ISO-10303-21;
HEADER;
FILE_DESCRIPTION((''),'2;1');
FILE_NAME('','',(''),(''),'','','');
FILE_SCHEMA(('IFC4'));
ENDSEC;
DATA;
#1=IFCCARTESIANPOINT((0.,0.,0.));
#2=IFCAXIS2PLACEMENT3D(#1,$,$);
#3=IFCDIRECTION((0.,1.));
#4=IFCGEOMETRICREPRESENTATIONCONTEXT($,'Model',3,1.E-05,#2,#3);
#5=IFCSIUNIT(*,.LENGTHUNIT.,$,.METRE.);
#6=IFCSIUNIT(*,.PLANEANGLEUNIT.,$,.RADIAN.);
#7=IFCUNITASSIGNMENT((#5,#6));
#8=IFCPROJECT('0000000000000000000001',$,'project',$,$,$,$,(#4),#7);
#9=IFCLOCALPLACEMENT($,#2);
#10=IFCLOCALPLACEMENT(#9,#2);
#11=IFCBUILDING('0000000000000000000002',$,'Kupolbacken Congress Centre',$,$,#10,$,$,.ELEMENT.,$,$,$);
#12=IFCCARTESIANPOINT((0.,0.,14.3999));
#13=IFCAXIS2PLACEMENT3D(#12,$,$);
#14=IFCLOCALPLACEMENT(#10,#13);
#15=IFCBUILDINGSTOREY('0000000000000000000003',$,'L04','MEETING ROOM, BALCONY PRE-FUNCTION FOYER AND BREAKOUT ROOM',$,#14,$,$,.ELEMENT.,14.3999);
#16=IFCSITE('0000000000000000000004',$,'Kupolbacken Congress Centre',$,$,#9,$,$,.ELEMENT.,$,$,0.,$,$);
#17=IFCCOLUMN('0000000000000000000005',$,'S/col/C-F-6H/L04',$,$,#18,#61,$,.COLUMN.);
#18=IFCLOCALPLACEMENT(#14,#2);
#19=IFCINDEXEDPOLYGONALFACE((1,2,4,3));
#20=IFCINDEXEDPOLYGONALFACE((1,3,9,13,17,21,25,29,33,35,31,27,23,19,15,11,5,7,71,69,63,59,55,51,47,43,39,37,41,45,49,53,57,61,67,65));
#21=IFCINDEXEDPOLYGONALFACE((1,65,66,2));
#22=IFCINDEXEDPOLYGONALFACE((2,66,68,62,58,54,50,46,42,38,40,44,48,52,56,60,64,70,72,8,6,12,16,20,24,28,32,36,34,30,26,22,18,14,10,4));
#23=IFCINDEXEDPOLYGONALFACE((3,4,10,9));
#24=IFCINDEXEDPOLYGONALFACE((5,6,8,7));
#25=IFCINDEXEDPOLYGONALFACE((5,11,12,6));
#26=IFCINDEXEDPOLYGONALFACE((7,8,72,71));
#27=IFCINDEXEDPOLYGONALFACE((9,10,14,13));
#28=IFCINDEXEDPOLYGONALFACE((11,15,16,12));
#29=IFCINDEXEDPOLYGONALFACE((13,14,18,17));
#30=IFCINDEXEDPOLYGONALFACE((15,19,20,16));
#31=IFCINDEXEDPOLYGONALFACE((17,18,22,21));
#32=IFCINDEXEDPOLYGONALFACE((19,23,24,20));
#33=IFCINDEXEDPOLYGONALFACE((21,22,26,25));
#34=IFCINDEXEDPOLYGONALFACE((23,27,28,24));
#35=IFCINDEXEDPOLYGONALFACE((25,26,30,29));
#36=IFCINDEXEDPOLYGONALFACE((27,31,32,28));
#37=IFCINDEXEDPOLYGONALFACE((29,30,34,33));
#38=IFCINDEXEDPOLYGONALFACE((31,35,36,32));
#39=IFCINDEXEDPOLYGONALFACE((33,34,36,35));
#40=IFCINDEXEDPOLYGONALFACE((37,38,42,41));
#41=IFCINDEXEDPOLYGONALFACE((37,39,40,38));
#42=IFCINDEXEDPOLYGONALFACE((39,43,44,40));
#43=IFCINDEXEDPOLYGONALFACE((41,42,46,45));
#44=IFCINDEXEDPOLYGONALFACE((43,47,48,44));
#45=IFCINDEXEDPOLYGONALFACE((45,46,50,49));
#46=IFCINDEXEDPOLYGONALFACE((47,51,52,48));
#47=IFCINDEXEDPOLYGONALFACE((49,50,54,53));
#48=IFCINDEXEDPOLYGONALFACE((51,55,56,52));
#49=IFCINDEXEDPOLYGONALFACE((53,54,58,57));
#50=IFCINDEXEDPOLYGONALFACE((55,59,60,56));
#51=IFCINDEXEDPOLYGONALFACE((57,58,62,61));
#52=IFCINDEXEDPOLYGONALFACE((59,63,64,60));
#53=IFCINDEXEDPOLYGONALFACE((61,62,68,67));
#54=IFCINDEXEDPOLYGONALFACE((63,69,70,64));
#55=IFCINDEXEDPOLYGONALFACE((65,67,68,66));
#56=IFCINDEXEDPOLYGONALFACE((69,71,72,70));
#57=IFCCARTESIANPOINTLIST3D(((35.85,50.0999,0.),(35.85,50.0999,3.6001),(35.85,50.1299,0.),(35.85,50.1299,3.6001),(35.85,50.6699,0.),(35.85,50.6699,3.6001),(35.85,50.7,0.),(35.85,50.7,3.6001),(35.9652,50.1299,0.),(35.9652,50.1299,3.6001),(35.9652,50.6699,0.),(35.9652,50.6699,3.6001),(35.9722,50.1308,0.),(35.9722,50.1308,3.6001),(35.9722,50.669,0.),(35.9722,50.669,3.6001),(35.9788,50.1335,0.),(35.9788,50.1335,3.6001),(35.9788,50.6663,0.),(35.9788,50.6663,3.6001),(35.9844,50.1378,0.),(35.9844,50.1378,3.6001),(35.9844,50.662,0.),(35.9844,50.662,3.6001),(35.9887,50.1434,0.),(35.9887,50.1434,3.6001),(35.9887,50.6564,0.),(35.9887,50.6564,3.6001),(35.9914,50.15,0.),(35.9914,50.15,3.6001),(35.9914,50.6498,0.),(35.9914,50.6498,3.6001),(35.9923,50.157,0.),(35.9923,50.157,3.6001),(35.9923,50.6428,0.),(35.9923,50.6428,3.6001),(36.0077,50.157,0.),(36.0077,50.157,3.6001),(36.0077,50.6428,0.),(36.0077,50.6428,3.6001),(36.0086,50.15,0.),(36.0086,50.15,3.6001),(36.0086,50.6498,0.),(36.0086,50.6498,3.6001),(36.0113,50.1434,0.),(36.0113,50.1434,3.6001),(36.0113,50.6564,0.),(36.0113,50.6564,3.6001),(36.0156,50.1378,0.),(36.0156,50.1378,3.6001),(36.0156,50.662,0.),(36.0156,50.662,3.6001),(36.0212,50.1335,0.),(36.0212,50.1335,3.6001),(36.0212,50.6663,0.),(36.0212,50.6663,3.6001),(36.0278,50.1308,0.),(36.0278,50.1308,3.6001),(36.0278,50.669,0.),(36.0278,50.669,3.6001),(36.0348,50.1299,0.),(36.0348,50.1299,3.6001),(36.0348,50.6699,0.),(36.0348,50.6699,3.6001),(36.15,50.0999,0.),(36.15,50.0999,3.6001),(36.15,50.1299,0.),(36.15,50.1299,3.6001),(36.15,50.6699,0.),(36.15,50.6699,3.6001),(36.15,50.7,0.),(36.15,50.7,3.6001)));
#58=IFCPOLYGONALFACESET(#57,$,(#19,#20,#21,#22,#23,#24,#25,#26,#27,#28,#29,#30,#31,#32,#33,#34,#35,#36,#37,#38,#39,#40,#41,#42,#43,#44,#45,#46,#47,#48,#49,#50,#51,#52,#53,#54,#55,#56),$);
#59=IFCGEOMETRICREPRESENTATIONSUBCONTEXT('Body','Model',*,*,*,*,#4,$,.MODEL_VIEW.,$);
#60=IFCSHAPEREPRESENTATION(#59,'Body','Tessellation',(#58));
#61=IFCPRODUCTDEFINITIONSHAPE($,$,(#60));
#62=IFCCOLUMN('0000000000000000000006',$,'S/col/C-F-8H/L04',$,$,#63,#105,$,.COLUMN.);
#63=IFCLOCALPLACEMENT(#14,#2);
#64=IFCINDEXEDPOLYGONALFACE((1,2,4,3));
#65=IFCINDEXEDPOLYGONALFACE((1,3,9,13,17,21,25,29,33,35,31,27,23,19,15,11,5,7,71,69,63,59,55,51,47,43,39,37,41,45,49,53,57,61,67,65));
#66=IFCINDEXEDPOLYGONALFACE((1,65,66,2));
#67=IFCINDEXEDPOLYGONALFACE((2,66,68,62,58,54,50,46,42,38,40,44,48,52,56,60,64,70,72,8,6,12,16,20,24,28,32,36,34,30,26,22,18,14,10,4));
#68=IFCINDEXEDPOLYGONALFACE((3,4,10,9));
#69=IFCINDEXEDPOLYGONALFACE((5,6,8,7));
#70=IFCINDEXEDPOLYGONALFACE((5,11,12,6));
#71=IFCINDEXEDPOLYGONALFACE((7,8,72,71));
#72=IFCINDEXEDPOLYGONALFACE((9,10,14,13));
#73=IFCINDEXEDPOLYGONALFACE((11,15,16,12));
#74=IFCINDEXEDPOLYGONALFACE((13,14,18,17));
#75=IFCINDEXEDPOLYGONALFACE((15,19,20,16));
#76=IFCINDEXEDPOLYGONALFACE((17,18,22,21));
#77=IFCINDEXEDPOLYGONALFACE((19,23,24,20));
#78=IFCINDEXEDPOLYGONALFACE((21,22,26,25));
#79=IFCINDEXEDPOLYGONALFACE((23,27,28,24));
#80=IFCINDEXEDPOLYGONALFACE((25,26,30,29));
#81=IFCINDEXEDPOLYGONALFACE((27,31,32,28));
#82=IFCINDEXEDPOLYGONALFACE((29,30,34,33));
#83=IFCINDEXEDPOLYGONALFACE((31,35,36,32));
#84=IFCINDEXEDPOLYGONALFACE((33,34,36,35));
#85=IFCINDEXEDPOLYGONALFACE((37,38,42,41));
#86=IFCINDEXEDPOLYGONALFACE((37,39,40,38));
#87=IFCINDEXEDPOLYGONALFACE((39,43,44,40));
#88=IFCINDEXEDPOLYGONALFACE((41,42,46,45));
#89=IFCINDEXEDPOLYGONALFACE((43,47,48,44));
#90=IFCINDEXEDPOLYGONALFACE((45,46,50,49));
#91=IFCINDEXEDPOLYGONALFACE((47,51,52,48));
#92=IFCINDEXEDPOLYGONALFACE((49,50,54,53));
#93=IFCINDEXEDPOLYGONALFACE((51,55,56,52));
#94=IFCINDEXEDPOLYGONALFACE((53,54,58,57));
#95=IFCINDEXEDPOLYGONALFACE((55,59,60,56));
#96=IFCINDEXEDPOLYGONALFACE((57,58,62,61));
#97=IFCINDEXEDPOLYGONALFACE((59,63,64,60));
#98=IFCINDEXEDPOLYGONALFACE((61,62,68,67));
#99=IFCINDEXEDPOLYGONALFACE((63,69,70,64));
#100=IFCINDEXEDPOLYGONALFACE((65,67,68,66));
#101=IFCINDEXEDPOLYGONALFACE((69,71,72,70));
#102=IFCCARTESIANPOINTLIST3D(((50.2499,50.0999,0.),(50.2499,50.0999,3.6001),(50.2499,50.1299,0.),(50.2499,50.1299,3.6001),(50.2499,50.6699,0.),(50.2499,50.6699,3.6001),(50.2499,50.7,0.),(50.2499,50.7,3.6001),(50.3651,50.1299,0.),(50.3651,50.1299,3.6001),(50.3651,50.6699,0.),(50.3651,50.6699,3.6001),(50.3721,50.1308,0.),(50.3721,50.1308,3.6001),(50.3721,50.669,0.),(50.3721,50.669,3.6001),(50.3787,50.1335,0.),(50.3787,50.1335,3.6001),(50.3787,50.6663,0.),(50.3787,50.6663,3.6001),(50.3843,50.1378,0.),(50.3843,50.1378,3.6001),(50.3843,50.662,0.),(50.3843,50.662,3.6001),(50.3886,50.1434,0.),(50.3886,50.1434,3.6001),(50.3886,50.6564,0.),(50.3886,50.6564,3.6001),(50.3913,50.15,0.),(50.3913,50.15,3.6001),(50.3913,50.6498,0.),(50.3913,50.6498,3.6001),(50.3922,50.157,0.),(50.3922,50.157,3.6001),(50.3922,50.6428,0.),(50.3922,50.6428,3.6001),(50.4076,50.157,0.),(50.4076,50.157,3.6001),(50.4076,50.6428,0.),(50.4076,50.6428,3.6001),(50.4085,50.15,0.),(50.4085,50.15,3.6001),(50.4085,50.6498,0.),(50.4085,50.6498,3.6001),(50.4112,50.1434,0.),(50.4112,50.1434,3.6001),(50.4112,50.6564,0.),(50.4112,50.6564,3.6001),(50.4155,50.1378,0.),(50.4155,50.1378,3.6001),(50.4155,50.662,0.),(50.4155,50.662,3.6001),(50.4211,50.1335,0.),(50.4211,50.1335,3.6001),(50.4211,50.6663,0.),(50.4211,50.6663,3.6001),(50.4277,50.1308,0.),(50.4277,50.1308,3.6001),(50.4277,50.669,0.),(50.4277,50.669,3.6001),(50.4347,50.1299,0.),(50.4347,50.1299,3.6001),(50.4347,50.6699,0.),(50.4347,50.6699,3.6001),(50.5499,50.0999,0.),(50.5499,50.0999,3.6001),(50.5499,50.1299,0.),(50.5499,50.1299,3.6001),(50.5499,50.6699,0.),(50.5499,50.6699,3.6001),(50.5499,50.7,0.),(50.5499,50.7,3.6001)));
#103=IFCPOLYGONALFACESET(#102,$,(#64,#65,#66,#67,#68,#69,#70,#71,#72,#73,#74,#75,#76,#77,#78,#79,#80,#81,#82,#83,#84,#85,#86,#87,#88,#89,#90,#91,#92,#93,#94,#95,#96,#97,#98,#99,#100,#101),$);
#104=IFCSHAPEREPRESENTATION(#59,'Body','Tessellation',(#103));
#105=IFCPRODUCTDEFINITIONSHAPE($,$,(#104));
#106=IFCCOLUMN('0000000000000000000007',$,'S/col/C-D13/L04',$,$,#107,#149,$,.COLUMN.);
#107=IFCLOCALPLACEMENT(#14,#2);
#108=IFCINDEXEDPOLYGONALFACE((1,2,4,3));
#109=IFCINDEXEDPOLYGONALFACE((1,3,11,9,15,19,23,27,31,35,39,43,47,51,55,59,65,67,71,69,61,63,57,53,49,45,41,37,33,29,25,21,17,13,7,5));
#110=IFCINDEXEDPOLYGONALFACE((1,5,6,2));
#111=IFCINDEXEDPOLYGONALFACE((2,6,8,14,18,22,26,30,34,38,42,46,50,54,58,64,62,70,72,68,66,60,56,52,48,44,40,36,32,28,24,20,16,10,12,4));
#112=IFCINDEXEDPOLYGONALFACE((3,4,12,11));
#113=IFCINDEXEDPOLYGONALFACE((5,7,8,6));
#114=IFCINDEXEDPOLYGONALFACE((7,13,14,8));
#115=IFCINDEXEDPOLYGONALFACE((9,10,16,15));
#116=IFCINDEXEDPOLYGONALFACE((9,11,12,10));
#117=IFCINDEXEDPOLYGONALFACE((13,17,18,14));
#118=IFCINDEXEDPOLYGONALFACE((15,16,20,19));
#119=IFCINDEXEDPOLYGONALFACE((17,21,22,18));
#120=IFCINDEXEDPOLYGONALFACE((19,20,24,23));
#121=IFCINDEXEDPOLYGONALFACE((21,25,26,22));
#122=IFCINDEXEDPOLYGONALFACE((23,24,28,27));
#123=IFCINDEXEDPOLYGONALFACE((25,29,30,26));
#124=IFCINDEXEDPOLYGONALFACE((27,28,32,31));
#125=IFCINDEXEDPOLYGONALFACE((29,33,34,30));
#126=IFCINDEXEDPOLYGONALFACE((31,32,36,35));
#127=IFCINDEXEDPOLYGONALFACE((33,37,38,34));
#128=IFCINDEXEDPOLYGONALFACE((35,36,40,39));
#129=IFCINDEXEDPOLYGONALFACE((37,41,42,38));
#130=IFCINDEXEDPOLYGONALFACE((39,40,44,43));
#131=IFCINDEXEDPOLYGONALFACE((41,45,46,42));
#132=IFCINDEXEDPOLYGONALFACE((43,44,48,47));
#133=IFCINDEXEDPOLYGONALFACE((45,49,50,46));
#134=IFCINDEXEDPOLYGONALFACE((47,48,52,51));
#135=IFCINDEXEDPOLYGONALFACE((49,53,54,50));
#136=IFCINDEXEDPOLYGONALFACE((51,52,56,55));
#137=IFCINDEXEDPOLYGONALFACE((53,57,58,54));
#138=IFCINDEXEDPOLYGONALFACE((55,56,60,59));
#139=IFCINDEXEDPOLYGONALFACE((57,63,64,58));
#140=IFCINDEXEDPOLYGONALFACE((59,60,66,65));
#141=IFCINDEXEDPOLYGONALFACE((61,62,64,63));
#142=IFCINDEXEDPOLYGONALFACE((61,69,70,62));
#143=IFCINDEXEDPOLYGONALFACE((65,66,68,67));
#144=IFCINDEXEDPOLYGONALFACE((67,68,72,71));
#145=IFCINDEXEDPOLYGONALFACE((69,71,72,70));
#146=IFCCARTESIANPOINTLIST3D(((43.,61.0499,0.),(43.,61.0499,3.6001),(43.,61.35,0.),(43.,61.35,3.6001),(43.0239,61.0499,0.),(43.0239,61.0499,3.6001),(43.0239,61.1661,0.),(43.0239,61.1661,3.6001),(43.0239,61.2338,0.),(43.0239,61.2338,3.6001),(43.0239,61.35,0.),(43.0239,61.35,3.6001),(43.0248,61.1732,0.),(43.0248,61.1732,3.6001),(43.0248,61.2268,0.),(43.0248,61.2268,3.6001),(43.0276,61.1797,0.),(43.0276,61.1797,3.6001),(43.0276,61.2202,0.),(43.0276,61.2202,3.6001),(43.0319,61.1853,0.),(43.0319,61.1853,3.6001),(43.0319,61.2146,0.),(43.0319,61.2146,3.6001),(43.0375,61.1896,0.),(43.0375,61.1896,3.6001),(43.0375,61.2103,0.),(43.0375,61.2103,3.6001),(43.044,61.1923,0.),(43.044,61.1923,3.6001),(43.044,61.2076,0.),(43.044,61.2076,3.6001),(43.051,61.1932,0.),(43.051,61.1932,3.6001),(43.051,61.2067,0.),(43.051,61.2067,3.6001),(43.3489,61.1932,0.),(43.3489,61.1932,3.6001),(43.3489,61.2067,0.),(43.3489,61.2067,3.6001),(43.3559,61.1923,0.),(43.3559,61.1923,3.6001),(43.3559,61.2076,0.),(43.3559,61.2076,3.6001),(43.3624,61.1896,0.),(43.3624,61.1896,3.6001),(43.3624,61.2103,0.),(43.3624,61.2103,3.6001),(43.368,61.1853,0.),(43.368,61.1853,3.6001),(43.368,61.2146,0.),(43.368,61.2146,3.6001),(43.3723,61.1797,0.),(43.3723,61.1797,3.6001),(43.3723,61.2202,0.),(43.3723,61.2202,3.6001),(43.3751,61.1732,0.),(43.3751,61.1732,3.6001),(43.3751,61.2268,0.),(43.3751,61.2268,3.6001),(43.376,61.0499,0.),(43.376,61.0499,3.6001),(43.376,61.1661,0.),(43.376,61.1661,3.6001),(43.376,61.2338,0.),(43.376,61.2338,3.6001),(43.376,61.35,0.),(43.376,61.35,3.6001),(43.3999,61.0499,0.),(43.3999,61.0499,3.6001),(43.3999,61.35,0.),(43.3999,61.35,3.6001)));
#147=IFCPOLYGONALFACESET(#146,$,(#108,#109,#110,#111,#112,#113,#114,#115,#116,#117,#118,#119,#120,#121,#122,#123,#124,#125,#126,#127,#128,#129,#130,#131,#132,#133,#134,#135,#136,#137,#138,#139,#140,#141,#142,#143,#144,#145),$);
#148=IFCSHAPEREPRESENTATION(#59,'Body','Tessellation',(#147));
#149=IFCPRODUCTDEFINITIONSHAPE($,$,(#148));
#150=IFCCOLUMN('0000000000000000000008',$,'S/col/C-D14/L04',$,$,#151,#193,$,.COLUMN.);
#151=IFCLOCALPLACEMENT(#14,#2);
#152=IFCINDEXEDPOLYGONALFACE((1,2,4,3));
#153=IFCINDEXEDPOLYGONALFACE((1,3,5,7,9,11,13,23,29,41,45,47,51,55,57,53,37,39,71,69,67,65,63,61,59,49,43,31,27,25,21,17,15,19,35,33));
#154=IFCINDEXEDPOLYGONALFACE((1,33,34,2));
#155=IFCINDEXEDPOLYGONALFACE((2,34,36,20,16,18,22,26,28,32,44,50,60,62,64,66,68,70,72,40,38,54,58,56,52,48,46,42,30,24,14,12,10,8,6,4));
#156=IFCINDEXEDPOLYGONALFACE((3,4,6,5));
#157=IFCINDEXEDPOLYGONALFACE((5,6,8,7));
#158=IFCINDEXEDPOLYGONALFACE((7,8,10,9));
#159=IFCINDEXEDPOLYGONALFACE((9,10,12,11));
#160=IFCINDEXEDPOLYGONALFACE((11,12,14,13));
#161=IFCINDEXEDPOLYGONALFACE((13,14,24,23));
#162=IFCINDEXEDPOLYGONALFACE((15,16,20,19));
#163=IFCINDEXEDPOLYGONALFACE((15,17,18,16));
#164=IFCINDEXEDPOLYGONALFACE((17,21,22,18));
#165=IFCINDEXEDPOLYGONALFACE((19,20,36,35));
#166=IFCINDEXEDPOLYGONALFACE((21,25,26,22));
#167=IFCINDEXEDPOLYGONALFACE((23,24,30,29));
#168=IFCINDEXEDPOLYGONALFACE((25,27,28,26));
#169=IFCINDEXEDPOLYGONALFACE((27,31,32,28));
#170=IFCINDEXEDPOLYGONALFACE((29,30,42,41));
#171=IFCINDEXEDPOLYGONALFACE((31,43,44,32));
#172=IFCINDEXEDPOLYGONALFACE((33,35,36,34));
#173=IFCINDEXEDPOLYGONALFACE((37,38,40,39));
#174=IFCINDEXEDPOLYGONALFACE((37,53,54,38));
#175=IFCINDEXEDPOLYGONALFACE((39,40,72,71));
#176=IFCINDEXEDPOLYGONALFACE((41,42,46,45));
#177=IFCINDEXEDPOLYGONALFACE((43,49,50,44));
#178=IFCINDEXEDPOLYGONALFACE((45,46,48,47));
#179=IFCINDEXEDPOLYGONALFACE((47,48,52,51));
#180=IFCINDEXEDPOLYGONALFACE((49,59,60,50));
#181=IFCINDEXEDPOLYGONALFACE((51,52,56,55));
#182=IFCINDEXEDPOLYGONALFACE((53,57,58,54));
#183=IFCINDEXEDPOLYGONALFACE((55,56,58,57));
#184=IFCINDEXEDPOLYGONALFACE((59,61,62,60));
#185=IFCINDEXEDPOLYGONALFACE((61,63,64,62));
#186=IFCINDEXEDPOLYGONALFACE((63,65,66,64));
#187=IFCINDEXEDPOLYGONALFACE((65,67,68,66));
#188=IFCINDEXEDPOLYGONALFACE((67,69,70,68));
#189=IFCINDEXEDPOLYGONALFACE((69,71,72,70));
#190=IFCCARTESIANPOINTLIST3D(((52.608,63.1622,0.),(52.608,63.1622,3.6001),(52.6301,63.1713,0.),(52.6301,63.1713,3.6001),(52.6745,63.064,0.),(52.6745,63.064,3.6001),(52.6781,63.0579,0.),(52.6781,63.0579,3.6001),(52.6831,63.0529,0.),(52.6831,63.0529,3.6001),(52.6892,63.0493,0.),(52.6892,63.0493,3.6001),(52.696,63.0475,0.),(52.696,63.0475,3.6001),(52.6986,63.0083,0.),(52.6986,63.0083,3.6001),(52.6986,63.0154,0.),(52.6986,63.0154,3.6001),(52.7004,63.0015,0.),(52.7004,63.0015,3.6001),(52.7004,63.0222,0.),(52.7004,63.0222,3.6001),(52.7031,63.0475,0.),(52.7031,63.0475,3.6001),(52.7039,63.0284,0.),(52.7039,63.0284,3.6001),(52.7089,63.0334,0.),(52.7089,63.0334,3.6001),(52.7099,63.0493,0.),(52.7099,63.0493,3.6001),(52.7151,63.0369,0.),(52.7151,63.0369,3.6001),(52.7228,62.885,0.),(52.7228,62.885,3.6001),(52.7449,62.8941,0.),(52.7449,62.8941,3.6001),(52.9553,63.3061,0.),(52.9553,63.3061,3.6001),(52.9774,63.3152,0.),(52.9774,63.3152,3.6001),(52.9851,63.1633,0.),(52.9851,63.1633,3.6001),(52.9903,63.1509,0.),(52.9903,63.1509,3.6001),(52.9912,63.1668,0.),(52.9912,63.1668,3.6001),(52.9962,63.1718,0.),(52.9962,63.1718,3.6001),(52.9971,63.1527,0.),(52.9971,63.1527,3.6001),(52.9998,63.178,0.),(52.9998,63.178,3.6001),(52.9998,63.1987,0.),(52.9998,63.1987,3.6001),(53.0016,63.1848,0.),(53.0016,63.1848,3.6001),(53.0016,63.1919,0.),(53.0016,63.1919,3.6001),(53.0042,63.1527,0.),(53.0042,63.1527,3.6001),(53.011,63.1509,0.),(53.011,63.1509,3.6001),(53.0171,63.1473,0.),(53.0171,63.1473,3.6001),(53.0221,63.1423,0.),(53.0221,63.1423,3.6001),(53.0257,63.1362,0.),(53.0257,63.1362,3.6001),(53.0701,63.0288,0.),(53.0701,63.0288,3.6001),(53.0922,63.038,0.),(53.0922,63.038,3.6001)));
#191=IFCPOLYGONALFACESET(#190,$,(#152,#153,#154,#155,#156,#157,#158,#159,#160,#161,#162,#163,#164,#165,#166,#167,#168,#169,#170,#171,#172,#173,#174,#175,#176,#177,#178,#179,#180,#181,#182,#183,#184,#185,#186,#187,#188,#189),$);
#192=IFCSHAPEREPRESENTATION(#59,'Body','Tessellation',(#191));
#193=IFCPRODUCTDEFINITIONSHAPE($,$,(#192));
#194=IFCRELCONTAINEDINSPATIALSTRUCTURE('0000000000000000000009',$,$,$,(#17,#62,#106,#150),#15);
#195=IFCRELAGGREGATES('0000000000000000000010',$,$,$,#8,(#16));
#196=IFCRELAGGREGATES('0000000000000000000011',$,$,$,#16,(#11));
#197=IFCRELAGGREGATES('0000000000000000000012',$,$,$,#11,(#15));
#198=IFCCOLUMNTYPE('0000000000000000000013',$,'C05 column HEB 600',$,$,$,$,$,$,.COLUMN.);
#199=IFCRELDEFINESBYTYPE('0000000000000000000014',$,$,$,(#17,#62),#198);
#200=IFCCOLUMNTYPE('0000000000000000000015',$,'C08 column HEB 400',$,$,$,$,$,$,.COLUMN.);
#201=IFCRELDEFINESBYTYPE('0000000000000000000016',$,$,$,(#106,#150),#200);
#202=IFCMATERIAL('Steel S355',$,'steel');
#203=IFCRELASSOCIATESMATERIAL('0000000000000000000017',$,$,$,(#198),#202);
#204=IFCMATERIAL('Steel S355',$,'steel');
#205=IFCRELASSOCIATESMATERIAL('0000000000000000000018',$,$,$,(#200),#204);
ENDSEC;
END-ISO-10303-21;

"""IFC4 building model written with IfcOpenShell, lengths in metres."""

from ifc_helpers import new_model, si_unit, direction, frame, origin, origin_2d, place, context, subcontext, project, spatial, i_section, extrude, material, material_profile, profile_set, type_object, element, save


model = new_model("IFC4")

# Units and contexts
model_context = context("Model", 3, precision=1e-05, world=origin(), true_north=direction((0.0, 1.0)))
body_context = subcontext(model_context, "Body", "Model", "MODEL_VIEW")
ifc_project = project(units=[si_unit("LENGTHUNIT", "METRE"), si_unit("PLANEANGLEUNIT", "RADIAN")], contexts=[model_context])

# Site, building, storey
site_placement = place(None, origin())
site = spatial("IfcSite", under=ifc_project, at=site_placement, Name="Kupolbacken Congress Centre", CompositionType="ELEMENT", RefElevation=0.0)
building_placement = place(site_placement, origin())
building = spatial("IfcBuilding", under=site, at=building_placement, Name="Kupolbacken Congress Centre", CompositionType="ELEMENT")
storey_placement = place(building_placement, frame((0.0, 0.0, 14.3999)))
storey = spatial("IfcBuildingStorey", under=building, at=storey_placement, Name="L04", Description="MEETING ROOM, BALCONY PRE-FUNCTION FOYER AND BREAKOUT ROOM", CompositionType="ELEMENT", Elevation=14.3999)

# Columns
ifc_material_1 = material(Name="Steel S355", Category="steel")
ifc_material_profile_1 = material_profile(ifc_material_1, i_section(OverallWidth=0.3, OverallDepth=0.6001, WebThickness=0.0154, FlangeThickness=0.03, FilletRadius=0.0271, at=origin_2d()), Name="HEB 600")
ifc_profile_set_1 = profile_set([ifc_material_profile_1], Name="Steel S355")
column_type_1 = type_object("IfcColumnType", Name="C05 column HEB 600", PredefinedType="COLUMN", material=ifc_profile_set_1)
for number, where, z_axis, x_axis, name in (
    (1, (36.0, 50.3999, 0.0), (0.0, 0.0, 1.0), (1.0, 0.0, 0.0), "S/col/C-F-6H/L04"),
    (2, (50.3999, 50.3999, 0.0), (0.0, 0.0, 1.0), (1.0, 0.0, 0.0), "S/col/C-F-8H/L04"),
):
    element("IfcColumn", number, at=place(storey_placement, frame(where, z_axis=z_axis, x_axis=x_axis)), inside=storey, type_object=column_type_1, Name=name, PredefinedType="COLUMN", context=body_context, shape_type="SweptSolid", body=[
        extrude(i_section(OverallWidth=0.3, OverallDepth=0.6001, WebThickness=0.0154, FlangeThickness=0.03, FilletRadius=0.0271, at=origin_2d()), origin(), (0.0, 0.0, 1.0), 3.6001),
    ])
ifc_material_2 = material(Name="Steel S355", Category="steel")
ifc_material_profile_2 = material_profile(ifc_material_2, i_section(OverallWidth=0.3, OverallDepth=0.3999, WebThickness=0.0134, FlangeThickness=0.0239, FilletRadius=0.0271, at=origin_2d()), Name="HEB 400")
ifc_profile_set_2 = profile_set([ifc_material_profile_2], Name="Steel S355")
column_type_2 = type_object("IfcColumnType", Name="C08 column HEB 400", PredefinedType="COLUMN", material=ifc_profile_set_2)
for number, where, z_axis, x_axis, name in (
    (3, (43.2, 61.2, 0.0), (0.0, 0.0, 1.0), (0.0, -1.0, 0.0), "S/col/C-D13/L04"),
    (4, (52.8501, 63.1001, 0.0), (0.0, 0.0, 1.0), (0.382644, -0.923896, 0.0), "S/col/C-D14/L04"),
):
    element("IfcColumn", number, at=place(storey_placement, frame(where, z_axis=z_axis, x_axis=x_axis)), inside=storey, type_object=column_type_2, Name=name, PredefinedType="COLUMN", context=body_context, shape_type="SweptSolid", body=[
        extrude(i_section(OverallWidth=0.3, OverallDepth=0.3999, WebThickness=0.0134, FlangeThickness=0.0239, FilletRadius=0.0271, at=origin_2d()), origin(), (0.0, 0.0, 1.0), 3.6001),
    ])

save(model, "model.ifc")
